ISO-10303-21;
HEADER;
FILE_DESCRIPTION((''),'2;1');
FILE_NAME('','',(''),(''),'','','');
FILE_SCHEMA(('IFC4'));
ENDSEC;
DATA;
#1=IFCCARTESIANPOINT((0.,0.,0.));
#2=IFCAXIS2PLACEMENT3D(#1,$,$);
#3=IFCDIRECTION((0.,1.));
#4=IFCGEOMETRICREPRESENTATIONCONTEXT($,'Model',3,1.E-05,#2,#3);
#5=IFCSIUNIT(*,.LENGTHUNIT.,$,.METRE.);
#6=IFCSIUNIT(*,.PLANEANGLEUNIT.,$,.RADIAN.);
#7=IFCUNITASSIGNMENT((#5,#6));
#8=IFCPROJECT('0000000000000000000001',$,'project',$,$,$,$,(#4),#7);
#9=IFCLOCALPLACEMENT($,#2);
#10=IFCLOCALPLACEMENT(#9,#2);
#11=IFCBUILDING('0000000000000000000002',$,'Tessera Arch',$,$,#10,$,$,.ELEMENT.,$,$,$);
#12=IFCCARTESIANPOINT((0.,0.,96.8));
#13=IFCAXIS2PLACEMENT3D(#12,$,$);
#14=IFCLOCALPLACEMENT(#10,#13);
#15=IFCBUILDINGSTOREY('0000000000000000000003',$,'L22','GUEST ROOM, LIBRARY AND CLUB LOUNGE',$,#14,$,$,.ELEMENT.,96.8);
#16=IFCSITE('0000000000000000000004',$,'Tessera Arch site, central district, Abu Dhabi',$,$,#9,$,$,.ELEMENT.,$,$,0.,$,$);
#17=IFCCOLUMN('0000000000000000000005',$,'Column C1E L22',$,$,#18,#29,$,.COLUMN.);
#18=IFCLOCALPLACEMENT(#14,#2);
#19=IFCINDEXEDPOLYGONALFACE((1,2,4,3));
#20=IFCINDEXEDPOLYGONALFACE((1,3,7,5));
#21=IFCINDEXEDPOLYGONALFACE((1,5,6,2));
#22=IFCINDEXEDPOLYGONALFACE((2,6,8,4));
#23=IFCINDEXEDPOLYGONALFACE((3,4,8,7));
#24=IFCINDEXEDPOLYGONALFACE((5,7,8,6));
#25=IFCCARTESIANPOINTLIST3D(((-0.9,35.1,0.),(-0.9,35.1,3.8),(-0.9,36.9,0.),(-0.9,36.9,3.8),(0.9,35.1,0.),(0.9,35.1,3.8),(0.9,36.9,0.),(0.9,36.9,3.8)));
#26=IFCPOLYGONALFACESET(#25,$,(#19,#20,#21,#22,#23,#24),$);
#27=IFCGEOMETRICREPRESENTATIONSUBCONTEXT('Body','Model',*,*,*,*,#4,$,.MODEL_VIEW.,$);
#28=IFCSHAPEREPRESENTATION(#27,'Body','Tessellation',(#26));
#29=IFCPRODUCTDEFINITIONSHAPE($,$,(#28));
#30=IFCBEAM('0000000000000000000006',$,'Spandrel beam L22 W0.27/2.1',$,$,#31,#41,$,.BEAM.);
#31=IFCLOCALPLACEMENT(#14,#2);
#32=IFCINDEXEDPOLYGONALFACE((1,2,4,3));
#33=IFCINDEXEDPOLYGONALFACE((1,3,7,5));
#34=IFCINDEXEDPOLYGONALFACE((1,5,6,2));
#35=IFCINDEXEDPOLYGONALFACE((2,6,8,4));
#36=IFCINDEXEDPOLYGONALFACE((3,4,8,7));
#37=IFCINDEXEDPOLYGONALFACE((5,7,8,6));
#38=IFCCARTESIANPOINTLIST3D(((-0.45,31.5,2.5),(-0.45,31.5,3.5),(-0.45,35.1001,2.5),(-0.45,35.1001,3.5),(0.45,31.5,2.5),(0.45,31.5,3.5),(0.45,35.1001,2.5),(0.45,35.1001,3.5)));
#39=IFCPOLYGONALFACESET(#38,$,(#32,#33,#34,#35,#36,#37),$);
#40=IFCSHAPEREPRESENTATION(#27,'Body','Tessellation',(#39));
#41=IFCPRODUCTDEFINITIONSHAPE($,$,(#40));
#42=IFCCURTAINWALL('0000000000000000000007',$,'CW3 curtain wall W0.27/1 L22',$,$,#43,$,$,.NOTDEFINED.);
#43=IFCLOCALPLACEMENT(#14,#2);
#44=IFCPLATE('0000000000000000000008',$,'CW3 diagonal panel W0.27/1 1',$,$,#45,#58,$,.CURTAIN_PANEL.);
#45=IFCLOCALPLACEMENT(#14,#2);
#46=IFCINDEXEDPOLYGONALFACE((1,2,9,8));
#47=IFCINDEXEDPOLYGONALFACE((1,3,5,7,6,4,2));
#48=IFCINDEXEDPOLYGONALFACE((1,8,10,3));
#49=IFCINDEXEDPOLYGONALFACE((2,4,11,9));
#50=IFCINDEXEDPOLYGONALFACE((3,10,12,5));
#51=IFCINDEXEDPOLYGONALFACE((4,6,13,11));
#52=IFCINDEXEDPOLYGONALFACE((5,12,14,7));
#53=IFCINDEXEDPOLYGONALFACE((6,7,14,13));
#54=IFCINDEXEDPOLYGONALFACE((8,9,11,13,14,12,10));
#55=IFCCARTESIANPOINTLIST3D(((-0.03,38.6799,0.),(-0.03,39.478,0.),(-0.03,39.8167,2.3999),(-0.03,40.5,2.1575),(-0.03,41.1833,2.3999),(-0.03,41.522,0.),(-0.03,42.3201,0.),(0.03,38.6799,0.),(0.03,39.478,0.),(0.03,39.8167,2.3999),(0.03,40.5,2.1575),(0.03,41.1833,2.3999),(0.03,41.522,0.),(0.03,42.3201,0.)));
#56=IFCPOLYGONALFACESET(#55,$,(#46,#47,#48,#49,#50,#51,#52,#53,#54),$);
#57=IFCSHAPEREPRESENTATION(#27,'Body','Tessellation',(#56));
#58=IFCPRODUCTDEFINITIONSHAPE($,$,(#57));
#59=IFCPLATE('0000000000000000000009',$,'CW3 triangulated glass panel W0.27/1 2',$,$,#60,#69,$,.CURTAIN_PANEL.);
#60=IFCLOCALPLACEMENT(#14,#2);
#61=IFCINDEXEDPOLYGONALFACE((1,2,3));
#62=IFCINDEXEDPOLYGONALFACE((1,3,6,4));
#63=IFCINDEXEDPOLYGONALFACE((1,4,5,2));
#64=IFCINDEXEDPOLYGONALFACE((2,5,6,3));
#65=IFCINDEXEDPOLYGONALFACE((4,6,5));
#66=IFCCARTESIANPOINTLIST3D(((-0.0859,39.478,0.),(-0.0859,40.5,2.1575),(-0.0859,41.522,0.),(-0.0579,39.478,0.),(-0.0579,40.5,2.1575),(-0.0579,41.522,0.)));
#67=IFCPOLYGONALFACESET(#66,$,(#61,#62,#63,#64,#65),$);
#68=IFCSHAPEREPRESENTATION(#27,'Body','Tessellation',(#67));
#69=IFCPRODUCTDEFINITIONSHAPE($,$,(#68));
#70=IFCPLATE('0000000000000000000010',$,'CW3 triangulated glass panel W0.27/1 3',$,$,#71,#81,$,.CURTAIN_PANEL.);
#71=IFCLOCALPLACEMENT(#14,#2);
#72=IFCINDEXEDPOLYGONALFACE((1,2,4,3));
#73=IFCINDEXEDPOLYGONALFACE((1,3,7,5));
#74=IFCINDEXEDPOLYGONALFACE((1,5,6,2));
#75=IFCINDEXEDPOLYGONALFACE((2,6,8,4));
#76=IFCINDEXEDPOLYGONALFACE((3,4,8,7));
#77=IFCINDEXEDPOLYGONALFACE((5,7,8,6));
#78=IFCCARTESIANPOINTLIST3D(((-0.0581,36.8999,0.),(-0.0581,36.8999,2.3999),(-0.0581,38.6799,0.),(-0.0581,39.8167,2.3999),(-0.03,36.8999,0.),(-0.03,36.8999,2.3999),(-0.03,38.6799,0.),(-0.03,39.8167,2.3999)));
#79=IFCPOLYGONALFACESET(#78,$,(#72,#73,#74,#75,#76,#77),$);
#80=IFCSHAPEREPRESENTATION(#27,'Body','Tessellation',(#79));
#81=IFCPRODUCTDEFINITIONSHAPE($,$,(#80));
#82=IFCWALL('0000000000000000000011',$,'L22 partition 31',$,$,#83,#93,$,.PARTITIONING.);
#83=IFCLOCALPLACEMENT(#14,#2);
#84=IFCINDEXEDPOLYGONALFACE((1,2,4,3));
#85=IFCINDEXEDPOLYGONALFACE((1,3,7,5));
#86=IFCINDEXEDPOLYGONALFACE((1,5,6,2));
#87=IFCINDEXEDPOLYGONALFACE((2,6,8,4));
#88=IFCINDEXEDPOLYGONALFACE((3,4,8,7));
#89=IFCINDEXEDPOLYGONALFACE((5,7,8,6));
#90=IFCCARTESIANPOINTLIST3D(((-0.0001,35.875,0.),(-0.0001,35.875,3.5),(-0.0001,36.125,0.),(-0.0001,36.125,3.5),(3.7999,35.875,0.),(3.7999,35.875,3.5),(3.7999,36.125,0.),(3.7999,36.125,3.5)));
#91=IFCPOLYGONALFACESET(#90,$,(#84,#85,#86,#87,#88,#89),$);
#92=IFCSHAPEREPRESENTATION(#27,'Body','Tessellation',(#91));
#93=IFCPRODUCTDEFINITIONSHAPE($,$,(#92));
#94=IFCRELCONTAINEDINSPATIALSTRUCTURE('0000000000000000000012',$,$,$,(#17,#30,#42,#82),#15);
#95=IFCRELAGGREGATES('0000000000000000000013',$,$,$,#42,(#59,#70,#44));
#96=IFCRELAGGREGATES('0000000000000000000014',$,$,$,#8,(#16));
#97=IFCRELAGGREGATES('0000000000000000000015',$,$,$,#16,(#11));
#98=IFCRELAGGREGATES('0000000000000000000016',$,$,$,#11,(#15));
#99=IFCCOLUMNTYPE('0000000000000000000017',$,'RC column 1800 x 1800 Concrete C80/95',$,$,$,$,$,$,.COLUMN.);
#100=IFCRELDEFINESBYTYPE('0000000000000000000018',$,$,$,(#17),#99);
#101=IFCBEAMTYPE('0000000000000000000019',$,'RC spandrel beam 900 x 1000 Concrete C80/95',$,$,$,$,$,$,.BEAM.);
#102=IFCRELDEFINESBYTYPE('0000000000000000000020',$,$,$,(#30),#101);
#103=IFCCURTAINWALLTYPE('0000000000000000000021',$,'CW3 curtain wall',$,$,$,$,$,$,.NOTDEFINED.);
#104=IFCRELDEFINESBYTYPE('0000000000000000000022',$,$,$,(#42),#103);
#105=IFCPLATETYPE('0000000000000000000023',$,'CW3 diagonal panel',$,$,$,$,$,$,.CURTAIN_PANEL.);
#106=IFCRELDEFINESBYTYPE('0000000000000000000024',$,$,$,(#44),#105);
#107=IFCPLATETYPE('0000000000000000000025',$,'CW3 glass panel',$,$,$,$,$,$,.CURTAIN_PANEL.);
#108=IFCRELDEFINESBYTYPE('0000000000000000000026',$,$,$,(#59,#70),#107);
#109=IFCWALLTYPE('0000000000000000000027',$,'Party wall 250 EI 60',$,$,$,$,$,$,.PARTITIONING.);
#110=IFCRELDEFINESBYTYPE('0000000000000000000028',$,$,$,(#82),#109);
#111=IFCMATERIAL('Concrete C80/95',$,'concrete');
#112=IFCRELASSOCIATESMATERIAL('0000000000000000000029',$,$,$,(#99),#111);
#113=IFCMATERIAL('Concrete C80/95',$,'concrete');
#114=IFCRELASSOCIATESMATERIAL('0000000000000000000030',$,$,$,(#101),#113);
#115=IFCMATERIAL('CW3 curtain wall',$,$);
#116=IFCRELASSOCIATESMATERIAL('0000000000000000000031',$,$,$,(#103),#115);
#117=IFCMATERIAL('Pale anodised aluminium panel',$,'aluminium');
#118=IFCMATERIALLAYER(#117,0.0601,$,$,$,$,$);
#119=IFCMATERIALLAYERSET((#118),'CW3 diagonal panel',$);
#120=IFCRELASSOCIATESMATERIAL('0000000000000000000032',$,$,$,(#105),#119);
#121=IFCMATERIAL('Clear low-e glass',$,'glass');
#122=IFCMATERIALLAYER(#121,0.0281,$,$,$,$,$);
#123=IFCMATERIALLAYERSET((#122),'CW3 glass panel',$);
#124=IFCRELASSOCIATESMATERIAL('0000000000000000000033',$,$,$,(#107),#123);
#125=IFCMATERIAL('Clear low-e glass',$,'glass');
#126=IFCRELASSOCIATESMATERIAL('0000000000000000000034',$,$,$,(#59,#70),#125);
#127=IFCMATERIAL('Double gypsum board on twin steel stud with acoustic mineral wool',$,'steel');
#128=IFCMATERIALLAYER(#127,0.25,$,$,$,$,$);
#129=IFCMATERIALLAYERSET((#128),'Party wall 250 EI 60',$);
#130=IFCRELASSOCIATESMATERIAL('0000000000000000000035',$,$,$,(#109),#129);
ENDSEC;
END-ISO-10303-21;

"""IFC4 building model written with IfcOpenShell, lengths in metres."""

from ifc_helpers import new_model, si_unit, direction, frame, frame_2d, origin, origin_2d, place, context, subcontext, project, spatial, polyline, rectangle, outline, extrude, material, layer, layer_set, material_profile, profile_set, type_object, element, aggregate, save


model = new_model("IFC4")

# Units and contexts
model_context = context("Model", 3, precision=1e-05, world=origin(), true_north=direction((0.0, 1.0)))
body_context = subcontext(model_context, "Body", "Model", "MODEL_VIEW")
ifc_project = project(units=[si_unit("LENGTHUNIT", "METRE"), si_unit("PLANEANGLEUNIT", "RADIAN")], contexts=[model_context])

# Site, building, storey
site_placement = place(None, origin())
site = spatial("IfcSite", under=ifc_project, at=site_placement, Name="Tessera Arch site, central district, Abu Dhabi", CompositionType="ELEMENT", RefElevation=0.0)
building_placement = place(site_placement, origin())
building = spatial("IfcBuilding", under=site, at=building_placement, Name="Tessera Arch", CompositionType="ELEMENT")
storey_placement = place(building_placement, frame((0.0, 0.0, 96.8)))
storey = spatial("IfcBuildingStorey", under=building, at=storey_placement, Name="L22", Description="GUEST ROOM, LIBRARY AND CLUB LOUNGE", CompositionType="ELEMENT", Elevation=96.8)

# Column
ifc_material_1 = material(Name="Concrete C80/95", Category="concrete")
ifc_material_profile_1 = material_profile(ifc_material_1, rectangle(XDim=1.8, YDim=1.8, at=origin_2d()), Name="RC column 1800 x 1800 Concrete C80/95")
ifc_profile_set_1 = profile_set([ifc_material_profile_1], Name="Concrete C80/95")
column_type = type_object("IfcColumnType", Name="RC column 1800 x 1800 Concrete C80/95", PredefinedType="COLUMN", material=ifc_profile_set_1)
column_placement = place(storey_placement, frame((0.0, 36.0, 0.0), z_axis=(0.0, 0.0, 1.0), x_axis=(1.0, 0.0, 0.0)))
element("IfcColumn", 1, at=column_placement, inside=storey, type_object=column_type, Name="Column C1E L22", PredefinedType="COLUMN", context=body_context, shape_type="SweptSolid", body=[
    extrude(rectangle(XDim=1.8, YDim=1.8, at=origin_2d()), origin(), (0.0, 0.0, 1.0), 3.8),
])

# Beam
ifc_material_2 = material(Name="Concrete C80/95", Category="concrete")
ifc_material_profile_2 = material_profile(ifc_material_2, rectangle(XDim=0.8999, YDim=1.0, at=origin_2d()), Name="RC spandrel beam 900 x 1000 Concrete C80/95")
ifc_profile_set_2 = profile_set([ifc_material_profile_2], Name="Concrete C80/95")
beam_type = type_object("IfcBeamType", Name="RC spandrel beam 900 x 1000 Concrete C80/95", PredefinedType="BEAM", material=ifc_profile_set_2)
beam_placement = place(storey_placement, frame((0.0, 35.1001, 3.0), z_axis=(0.0, -1.0, 0.0), x_axis=(1.0, 0.0, 0.0)))
element("IfcBeam", 2, at=beam_placement, inside=storey, type_object=beam_type, Name="Spandrel beam L22 W0.27/2.1", PredefinedType="BEAM", context=body_context, shape_type="SweptSolid", body=[
    extrude(rectangle(XDim=0.8999, YDim=1.0, at=origin_2d()), origin(), (0.0, 0.0, 1.0), 3.6001),
])

# Curtain wall, plates
ifc_material_3 = material(Name="CW3 curtain wall")
curtain_wall_type = type_object("IfcCurtainWallType", Name="CW3 curtain wall", PredefinedType="NOTDEFINED", material=ifc_material_3)
curtain_wall_placement = place(storey_placement, origin())
curtain_wall = element("IfcCurtainWall", 3, at=curtain_wall_placement, inside=storey, type_object=curtain_wall_type, Name="CW3 curtain wall W0.27/1 L22", PredefinedType="NOTDEFINED")
ifc_material_4 = material(Name="Pale anodised aluminium panel", Category="aluminium")
ifc_layer_1 = layer(ifc_material_4, 0.0601)
ifc_layer_set_1 = layer_set([ifc_layer_1], Name="CW3 diagonal panel")
plate_type_1 = type_object("IfcPlateType", Name="CW3 diagonal panel", PredefinedType="CURTAIN_PANEL", material=ifc_layer_set_1)
plate_1_placement = place(storey_placement, frame((-0.03, 39.8167, 2.3999), z_axis=(-1.0, 0.0, 0.0), x_axis=(0.0, 1.0, 0.0)))
plate_1 = element("IfcPlate", 4, at=plate_1_placement, type_object=plate_type_1, Name="CW3 diagonal panel W0.27/1 1", PredefinedType="CURTAIN_PANEL", context=body_context, shape_type="SweptSolid", body=[
    extrude(outline(polyline([(0.0, 0.0), (1.3667, 0.0), (2.5034, 2.3999), (1.7053, 2.3999), (0.6833, 0.2424), (-0.3386, 2.3999), (-1.1367, 2.3999), (0.0, 0.0)])), origin(), (0.0, 0.0, -1.0), 0.0601),
])
ifc_material_5 = material(Name="Clear low-e glass", Category="glass")
ifc_material_6 = material(Name="Clear low-e glass", Category="glass")
ifc_layer_2 = layer(ifc_material_6, 0.0281)
ifc_layer_set_2 = layer_set([ifc_layer_2], Name="CW3 glass panel")
plate_type_2 = type_object("IfcPlateType", Name="CW3 glass panel", PredefinedType="CURTAIN_PANEL", material=ifc_layer_set_2)
plate_2_placement = place(storey_placement, frame((-0.0859, 41.522, 0.0), z_axis=(-1.0, 0.0, 0.0), x_axis=(0.0, -1.0, 0.0)))
plate_2 = element("IfcPlate", 5, at=plate_2_placement, type_object=plate_type_2, material=ifc_material_5, Name="CW3 triangulated glass panel W0.27/1 2", PredefinedType="CURTAIN_PANEL", context=body_context, shape_type="SweptSolid", body=[
    extrude(outline(polyline([(0.0, 0.0), (2.0439, 0.0), (1.022, 2.1575), (0.0, 0.0)])), origin(), (0.0, 0.0, -1.0), 0.0281),
])
plate_3_placement = place(storey_placement, frame((-0.0581, 36.8999, 2.3999), z_axis=(-1.0, 0.0, 0.0), x_axis=(0.0, 1.0, 0.0)))
plate_3 = element("IfcPlate", 6, at=plate_3_placement, type_object=plate_type_2, material=ifc_material_5, Name="CW3 triangulated glass panel W0.27/1 3", PredefinedType="CURTAIN_PANEL", context=body_context, shape_type="SweptSolid", body=[
    extrude(outline(polyline([(0.0, 0.0), (2.9167, 0.0), (1.78, 2.3999), (0.0, 2.3999), (0.0, 0.0)])), origin(), (0.0, 0.0, -1.0), 0.0281),
])

# Wall
ifc_material_7 = material(Name="Double gypsum board on twin steel stud with acoustic mineral wool", Category="steel")
ifc_layer_3 = layer(ifc_material_7, 0.25)
ifc_layer_set_3 = layer_set([ifc_layer_3], Name="Party wall 250 EI 60")
wall_type_1 = type_object("IfcWallType", Name="Party wall 250 EI 60", PredefinedType="PARTITIONING", material=ifc_layer_set_3)
wall_1_placement = place(storey_placement, frame((0.0, 36.0, 0.0), z_axis=(0.0, 0.0, 1.0), x_axis=(1.0, 0.0, 0.0)))
element("IfcWall", 7, at=wall_1_placement, inside=storey, type_object=wall_type_1, Name="L22 partition 31", PredefinedType="PARTITIONING", context=body_context, shape_type="SweptSolid", body=[
    extrude(rectangle(XDim=3.8, YDim=0.25, at=frame_2d((1.8999, 0.0))), origin(), (0.0, 0.0, 1.0), 3.5),
])

aggregate(curtain_wall, [plate_2, plate_3, plate_1])

save(model, "model.ifc")
